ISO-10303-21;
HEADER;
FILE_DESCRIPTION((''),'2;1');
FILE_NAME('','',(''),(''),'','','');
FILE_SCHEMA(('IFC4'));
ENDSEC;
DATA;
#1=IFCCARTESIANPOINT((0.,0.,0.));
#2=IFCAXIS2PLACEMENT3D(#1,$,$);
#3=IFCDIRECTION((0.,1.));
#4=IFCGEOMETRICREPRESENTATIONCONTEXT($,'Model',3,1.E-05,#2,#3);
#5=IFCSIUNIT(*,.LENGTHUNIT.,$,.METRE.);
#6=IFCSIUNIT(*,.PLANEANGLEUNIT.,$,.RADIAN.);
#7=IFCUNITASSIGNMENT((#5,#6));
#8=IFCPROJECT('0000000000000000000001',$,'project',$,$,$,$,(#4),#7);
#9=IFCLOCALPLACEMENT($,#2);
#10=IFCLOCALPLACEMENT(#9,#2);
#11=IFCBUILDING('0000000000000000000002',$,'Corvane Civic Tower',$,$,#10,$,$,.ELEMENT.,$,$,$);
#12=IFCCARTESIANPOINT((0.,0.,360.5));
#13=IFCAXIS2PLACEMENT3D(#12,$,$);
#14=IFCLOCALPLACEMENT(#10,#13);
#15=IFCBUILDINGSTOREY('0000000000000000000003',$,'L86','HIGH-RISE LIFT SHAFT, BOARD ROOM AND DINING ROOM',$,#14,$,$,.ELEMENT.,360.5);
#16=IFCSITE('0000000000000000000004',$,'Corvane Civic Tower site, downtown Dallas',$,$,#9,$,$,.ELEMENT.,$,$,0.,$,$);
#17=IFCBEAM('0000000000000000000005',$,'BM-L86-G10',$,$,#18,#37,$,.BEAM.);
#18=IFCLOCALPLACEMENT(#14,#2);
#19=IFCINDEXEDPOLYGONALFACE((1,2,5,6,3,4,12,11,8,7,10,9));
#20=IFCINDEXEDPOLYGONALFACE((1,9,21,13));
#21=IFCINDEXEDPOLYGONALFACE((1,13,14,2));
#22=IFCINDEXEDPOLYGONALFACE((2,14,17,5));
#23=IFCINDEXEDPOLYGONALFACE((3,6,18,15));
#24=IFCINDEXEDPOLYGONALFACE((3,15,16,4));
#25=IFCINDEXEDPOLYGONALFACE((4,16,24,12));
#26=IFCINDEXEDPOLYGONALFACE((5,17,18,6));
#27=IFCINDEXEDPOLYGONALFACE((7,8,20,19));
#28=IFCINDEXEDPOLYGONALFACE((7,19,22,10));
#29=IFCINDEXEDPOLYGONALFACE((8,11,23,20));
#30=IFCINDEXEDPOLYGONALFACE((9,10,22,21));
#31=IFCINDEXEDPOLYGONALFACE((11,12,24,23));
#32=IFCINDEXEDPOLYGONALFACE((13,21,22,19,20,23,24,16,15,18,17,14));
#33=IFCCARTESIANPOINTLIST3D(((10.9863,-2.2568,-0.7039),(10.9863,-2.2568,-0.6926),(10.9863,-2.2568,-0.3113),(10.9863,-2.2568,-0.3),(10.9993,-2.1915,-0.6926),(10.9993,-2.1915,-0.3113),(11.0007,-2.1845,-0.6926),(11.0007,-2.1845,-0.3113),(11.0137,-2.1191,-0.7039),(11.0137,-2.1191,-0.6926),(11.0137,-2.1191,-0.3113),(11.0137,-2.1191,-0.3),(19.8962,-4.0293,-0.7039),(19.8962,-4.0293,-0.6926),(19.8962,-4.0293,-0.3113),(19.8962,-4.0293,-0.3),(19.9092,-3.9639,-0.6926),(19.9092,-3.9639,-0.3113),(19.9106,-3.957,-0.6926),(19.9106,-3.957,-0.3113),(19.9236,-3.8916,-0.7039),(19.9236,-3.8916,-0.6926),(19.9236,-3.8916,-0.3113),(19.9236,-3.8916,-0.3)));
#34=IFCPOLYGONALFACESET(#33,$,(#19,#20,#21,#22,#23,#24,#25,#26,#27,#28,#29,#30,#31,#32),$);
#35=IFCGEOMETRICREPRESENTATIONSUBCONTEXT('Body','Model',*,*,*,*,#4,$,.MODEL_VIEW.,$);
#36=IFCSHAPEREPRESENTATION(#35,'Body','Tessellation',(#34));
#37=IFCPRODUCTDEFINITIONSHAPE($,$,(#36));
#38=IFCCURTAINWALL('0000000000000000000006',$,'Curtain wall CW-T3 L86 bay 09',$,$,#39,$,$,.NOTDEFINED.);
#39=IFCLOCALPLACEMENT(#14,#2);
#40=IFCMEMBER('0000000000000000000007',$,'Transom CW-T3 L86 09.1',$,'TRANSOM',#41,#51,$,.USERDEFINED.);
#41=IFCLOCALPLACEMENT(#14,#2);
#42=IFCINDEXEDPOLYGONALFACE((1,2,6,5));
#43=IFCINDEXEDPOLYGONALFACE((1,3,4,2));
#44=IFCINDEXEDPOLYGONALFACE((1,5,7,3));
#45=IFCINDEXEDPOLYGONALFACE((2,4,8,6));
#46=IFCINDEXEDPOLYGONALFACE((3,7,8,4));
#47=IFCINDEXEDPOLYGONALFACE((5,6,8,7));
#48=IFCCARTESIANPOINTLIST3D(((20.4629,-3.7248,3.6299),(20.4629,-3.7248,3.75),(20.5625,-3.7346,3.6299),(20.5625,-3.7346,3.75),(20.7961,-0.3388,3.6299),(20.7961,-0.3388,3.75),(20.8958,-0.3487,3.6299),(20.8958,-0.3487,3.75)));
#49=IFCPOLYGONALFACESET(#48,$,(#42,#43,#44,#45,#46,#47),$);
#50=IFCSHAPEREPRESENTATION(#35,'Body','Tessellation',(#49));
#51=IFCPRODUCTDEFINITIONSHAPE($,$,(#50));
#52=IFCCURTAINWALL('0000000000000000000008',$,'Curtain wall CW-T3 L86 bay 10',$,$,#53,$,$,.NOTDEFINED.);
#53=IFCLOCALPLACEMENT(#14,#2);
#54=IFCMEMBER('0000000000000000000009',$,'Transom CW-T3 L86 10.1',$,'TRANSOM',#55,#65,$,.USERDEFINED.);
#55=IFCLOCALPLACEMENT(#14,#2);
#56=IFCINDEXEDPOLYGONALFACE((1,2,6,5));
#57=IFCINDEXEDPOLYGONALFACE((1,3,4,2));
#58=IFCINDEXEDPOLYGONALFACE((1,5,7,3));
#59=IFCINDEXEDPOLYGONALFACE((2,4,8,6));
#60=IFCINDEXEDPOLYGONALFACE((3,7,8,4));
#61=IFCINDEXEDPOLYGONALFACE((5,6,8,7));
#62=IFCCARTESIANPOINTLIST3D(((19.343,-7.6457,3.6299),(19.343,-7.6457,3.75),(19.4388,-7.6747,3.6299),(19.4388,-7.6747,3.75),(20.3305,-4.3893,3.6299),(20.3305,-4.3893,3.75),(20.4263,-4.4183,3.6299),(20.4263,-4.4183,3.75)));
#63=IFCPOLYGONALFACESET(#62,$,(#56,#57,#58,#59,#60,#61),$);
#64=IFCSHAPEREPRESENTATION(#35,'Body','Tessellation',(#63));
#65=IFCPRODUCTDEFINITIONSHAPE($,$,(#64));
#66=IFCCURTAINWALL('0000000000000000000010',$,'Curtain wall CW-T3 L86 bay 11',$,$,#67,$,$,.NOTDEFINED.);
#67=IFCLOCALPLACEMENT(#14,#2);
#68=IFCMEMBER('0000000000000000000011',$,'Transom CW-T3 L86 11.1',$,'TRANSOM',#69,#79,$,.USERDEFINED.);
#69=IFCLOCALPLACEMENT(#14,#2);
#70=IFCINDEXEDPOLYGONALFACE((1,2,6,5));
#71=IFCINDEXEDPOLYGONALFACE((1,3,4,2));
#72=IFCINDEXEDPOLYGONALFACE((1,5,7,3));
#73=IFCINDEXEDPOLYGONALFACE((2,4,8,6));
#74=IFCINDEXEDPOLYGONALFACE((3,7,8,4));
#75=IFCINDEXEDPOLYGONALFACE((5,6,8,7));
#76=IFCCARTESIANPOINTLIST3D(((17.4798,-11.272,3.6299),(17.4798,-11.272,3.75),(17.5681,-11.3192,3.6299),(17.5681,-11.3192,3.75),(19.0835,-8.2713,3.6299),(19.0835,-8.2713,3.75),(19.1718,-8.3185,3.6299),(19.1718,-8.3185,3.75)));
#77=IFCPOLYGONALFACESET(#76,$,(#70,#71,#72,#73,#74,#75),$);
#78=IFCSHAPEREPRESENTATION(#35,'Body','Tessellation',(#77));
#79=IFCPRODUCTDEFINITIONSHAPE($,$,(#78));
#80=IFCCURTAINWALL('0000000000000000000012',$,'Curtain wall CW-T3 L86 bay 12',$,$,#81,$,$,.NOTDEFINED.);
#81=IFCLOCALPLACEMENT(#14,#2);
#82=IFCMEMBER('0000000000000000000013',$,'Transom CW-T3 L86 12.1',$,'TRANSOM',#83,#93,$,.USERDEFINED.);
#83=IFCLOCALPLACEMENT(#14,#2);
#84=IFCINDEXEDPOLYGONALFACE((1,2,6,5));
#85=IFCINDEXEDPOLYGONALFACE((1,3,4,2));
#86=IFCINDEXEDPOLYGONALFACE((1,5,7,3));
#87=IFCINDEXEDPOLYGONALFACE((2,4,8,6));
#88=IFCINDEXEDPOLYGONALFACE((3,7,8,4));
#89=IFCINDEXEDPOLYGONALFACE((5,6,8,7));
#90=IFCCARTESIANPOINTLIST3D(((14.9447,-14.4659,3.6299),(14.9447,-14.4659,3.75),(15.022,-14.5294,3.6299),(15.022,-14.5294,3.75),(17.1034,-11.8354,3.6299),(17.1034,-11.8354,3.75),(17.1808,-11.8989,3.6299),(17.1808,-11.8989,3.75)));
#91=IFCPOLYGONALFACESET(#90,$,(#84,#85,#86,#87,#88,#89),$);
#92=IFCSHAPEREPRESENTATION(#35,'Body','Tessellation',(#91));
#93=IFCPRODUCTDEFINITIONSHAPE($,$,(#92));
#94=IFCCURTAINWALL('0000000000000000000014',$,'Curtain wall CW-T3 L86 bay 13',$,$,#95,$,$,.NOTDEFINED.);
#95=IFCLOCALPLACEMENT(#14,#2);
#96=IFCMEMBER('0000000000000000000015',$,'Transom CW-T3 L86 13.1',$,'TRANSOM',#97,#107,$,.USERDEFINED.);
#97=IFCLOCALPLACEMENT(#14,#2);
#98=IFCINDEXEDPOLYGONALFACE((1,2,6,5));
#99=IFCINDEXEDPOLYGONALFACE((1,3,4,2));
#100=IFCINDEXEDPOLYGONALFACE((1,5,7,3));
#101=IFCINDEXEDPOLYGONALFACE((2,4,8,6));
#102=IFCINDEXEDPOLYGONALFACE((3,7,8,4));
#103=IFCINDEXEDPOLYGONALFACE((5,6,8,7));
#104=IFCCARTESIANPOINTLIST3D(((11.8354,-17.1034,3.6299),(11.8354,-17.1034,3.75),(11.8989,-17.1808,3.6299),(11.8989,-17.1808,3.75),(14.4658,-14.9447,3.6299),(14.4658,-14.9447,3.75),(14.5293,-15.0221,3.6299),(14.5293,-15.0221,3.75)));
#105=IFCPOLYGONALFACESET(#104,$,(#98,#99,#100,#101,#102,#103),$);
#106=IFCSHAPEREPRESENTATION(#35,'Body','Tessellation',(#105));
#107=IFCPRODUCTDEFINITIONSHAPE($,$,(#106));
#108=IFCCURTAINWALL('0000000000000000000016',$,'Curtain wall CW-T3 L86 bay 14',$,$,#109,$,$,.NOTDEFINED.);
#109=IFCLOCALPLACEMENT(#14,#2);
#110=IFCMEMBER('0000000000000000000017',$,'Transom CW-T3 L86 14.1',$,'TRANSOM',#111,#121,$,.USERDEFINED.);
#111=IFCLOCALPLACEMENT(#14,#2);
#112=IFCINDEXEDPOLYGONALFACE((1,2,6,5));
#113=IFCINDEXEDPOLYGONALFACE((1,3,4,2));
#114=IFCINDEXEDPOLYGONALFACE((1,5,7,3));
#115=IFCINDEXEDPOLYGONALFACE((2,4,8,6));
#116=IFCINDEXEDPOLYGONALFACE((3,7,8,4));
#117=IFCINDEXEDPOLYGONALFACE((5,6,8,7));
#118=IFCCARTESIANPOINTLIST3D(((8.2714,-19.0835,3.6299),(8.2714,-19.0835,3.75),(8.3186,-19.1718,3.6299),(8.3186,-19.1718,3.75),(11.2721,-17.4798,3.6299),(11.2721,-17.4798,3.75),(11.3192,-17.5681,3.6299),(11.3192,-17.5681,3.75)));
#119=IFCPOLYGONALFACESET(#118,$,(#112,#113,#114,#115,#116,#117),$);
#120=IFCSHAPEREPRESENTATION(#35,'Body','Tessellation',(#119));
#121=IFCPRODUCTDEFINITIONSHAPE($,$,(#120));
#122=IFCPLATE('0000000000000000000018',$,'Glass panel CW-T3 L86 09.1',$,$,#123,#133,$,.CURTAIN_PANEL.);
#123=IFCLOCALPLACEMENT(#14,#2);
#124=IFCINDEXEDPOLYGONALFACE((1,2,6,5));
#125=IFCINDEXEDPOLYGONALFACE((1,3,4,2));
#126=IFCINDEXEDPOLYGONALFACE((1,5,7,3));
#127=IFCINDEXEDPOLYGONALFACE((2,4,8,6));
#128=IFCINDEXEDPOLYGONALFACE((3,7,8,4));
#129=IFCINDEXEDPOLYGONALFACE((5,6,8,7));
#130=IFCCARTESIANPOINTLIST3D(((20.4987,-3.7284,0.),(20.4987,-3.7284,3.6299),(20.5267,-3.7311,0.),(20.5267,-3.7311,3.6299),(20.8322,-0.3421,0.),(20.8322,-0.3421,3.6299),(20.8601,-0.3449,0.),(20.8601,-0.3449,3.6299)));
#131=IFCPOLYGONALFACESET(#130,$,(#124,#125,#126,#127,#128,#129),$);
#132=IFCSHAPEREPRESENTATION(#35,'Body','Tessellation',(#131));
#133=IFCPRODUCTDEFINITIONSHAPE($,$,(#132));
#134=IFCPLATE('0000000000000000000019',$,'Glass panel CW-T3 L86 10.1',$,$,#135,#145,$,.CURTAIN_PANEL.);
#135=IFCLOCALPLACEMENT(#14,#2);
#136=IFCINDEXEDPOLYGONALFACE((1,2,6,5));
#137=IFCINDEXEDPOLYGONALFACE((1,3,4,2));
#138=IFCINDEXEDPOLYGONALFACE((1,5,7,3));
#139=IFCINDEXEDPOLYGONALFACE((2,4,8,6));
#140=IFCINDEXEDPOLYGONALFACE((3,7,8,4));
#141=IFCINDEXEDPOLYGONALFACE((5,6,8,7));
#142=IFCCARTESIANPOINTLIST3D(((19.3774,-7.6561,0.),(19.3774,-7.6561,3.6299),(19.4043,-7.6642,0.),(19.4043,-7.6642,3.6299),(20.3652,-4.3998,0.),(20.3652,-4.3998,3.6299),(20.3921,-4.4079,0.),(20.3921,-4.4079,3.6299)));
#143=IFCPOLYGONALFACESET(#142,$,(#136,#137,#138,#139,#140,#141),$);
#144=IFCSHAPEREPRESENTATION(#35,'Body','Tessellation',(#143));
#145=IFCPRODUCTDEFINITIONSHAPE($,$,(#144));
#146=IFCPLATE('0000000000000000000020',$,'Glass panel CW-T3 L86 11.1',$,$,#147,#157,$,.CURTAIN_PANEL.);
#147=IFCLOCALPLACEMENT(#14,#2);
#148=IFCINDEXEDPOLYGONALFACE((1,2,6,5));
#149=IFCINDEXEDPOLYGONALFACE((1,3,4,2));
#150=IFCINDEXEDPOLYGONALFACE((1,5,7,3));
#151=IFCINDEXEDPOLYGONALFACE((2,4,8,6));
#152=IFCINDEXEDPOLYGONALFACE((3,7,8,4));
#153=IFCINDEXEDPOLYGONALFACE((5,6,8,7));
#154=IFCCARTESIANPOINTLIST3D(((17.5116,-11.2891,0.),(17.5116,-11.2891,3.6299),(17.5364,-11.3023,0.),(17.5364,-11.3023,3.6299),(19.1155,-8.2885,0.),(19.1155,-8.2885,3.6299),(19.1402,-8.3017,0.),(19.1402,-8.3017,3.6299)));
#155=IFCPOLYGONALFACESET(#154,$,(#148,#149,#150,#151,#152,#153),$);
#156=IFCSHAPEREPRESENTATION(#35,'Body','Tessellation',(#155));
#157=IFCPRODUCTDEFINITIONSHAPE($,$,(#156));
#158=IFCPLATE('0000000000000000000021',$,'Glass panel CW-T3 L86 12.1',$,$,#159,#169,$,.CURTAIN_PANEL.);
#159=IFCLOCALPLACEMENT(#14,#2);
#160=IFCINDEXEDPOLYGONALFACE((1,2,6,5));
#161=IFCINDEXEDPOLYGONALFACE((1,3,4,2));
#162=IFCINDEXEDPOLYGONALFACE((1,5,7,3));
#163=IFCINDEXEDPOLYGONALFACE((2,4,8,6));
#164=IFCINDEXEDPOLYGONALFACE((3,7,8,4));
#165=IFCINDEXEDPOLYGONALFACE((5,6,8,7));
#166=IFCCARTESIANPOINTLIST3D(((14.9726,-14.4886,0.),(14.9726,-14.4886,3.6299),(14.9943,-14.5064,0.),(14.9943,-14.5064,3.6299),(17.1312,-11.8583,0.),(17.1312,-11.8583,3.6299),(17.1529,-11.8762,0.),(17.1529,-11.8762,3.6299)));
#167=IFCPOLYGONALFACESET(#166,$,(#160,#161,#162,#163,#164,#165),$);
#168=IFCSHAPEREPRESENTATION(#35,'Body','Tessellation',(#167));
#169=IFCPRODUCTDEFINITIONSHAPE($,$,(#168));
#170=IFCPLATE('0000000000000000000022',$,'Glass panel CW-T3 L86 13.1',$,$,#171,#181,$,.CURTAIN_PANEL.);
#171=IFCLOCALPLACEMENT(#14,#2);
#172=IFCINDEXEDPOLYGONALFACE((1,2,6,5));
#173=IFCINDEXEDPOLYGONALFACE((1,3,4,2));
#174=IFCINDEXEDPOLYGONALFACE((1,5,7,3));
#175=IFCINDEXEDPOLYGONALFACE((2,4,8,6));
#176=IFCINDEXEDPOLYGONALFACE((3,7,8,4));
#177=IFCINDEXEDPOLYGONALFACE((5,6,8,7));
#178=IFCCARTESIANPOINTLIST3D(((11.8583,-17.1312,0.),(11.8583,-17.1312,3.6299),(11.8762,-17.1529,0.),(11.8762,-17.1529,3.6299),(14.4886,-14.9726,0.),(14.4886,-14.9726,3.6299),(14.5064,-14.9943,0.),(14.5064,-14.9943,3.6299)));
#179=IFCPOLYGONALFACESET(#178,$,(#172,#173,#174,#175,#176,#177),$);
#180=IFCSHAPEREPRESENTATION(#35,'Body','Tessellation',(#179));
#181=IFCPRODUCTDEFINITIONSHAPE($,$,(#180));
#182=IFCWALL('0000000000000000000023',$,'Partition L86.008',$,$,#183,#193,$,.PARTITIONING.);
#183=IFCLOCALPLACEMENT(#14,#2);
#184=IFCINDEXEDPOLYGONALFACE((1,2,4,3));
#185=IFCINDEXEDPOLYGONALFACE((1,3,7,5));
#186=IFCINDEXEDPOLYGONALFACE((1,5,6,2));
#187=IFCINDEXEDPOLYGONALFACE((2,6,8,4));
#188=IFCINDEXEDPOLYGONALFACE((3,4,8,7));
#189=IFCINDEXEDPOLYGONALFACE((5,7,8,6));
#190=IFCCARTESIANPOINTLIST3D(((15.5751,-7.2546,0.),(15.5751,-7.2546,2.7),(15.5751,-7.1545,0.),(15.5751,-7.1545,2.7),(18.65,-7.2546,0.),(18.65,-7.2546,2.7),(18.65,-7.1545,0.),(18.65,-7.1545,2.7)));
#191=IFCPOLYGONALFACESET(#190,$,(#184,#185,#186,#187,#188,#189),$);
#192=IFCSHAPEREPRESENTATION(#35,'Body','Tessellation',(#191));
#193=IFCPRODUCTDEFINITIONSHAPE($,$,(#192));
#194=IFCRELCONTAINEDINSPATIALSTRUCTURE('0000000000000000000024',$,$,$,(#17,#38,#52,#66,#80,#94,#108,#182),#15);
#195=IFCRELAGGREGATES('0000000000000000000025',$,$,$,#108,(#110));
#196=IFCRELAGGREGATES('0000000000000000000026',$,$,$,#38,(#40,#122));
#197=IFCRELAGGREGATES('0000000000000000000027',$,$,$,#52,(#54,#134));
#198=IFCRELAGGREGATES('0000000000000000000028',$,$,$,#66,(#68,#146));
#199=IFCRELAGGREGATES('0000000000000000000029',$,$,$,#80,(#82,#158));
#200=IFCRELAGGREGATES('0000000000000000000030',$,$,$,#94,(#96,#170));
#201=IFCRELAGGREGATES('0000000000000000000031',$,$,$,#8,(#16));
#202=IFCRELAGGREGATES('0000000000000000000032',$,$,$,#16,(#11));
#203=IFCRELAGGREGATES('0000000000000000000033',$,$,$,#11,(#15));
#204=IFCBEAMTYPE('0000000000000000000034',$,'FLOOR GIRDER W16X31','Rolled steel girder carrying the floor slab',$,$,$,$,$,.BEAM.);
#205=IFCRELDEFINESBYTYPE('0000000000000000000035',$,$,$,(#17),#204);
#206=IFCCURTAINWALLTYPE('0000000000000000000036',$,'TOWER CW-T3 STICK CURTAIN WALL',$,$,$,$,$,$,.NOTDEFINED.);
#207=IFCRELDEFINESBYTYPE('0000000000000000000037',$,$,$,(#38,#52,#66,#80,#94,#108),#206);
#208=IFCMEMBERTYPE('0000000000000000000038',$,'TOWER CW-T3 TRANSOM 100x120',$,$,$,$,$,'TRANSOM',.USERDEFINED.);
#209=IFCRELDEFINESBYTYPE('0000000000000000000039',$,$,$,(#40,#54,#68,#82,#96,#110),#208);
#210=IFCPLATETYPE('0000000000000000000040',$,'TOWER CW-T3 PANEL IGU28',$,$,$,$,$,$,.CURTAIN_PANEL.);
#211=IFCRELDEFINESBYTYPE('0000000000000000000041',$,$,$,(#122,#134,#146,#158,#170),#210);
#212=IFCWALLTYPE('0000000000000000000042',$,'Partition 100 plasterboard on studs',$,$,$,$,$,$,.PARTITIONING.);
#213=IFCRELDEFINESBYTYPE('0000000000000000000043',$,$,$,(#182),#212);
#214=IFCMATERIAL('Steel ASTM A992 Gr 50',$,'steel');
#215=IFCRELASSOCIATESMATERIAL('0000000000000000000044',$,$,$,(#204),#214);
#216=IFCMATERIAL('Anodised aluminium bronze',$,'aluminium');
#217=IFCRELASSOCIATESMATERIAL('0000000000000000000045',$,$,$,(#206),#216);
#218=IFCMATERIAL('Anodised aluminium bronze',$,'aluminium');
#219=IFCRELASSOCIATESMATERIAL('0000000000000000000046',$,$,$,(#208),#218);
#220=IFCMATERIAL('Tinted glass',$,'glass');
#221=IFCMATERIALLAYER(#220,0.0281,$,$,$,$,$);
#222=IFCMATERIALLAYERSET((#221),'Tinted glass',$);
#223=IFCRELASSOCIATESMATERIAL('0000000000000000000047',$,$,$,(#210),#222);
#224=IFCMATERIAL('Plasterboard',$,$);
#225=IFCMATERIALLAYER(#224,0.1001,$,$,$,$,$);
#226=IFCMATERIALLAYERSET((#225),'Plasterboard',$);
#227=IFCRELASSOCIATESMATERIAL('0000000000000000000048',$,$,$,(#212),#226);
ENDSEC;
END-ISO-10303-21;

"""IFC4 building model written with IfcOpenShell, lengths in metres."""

from ifc_helpers import new_model, si_unit, direction, frame, frame_2d, origin, origin_2d, place, context, subcontext, project, spatial, rectangle, i_section, extrude, material, layer, layer_set, material_profile, profile_set, type_object, element, aggregate, save


model = new_model("IFC4")

# Units and contexts
model_context = context("Model", 3, precision=1e-05, world=origin(), true_north=direction((0.0, 1.0)))
body_context = subcontext(model_context, "Body", "Model", "MODEL_VIEW")
ifc_project = project(units=[si_unit("LENGTHUNIT", "METRE"), si_unit("PLANEANGLEUNIT", "RADIAN")], contexts=[model_context])

# Site, building, storey
site_placement = place(None, origin())
site = spatial("IfcSite", under=ifc_project, at=site_placement, Name="Corvane Civic Tower site, downtown Dallas", CompositionType="ELEMENT", RefElevation=0.0)
building_placement = place(site_placement, origin())
building = spatial("IfcBuilding", under=site, at=building_placement, Name="Corvane Civic Tower", CompositionType="ELEMENT")
storey_placement = place(building_placement, frame((0.0, 0.0, 360.5)))
storey = spatial("IfcBuildingStorey", under=building, at=storey_placement, Name="L86", Description="HIGH-RISE LIFT SHAFT, BOARD ROOM AND DINING ROOM", CompositionType="ELEMENT", Elevation=360.5)

# Beam
ifc_material_1 = material(Name="Steel ASTM A992 Gr 50", Category="steel")
ifc_material_profile_1 = material_profile(ifc_material_1, i_section(OverallWidth=0.1404, OverallDepth=0.4038, WebThickness=0.0071, FlangeThickness=0.0112, at=origin_2d()), Name="W16X31")
ifc_profile_set_1 = profile_set([ifc_material_profile_1], Name="Steel ASTM A992 Gr 50")
beam_type_1 = type_object("IfcBeamType", Name="FLOOR GIRDER W16X31", Description="Rolled steel girder carrying the floor slab", PredefinedType="BEAM", material=ifc_profile_set_1)
beam_1_placement = place(storey_placement, frame((11.0, -2.188, -0.502), z_axis=(0.980782, -0.195108, 0.0), x_axis=(0.195108, 0.980782, 0.0)))
element("IfcBeam", 1, at=beam_1_placement, inside=storey, type_object=beam_type_1, Name="BM-L86-G10", PredefinedType="BEAM", context=body_context, shape_type="SweptSolid", body=[
    extrude(i_section(OverallWidth=0.1404, OverallDepth=0.4038, WebThickness=0.0071, FlangeThickness=0.0112, at=origin_2d()), origin(), (0.0, 0.0, 1.0), 9.0845),
])

# Curtain walls, members
ifc_material_2 = material(Name="Anodised aluminium bronze", Category="aluminium")
curtain_wall_type = type_object("IfcCurtainWallType", Name="TOWER CW-T3 STICK CURTAIN WALL", PredefinedType="NOTDEFINED", material=ifc_material_2)
curtain_wall_1_placement = place(storey_placement, origin())
curtain_wall_1 = element("IfcCurtainWall", 2, at=curtain_wall_1_placement, inside=storey, type_object=curtain_wall_type, Name="Curtain wall CW-T3 L86 bay 09", PredefinedType="NOTDEFINED")
ifc_material_3 = material(Name="Anodised aluminium bronze", Category="aluminium")
ifc_material_profile_2 = material_profile(ifc_material_3, rectangle(XDim=0.1001, YDim=0.1201, at=origin_2d()), Name="TOWER CW-T3 TRANSOM 100x120")
ifc_profile_set_2 = profile_set([ifc_material_profile_2], Name="Anodised aluminium bronze")
member_type = type_object("IfcMemberType", Name="TOWER CW-T3 TRANSOM 100x120", ElementType="TRANSOM", PredefinedType="USERDEFINED", material=ifc_profile_set_2)
member_1_placement = place(storey_placement, frame((20.8459, -0.3438, 3.6899), z_axis=(-0.097948, -0.995192, 0.0), x_axis=(0.995192, -0.097948, 0.0)))
member_1 = element("IfcMember", 3, at=member_1_placement, type_object=member_type, Name="Transom CW-T3 L86 09.1", ObjectType="TRANSOM", PredefinedType="USERDEFINED", context=body_context, shape_type="SweptSolid", body=[
    extrude(rectangle(XDim=0.1001, YDim=0.1201, at=origin_2d()), origin(), (0.0, 0.0, 1.0), 3.4023),
])
curtain_wall_2_placement = place(storey_placement, origin())
curtain_wall_2 = element("IfcCurtainWall", 4, at=curtain_wall_2_placement, inside=storey, type_object=curtain_wall_type, Name="Curtain wall CW-T3 L86 bay 10", PredefinedType="NOTDEFINED")
member_2_placement = place(storey_placement, frame((20.3784, -4.4038, 3.6899), z_axis=(-0.290216, -0.956961, 0.0), x_axis=(0.956961, -0.290216, 0.0)))
member_2 = element("IfcMember", 5, at=member_2_placement, type_object=member_type, Name="Transom CW-T3 L86 10.1", ObjectType="TRANSOM", PredefinedType="USERDEFINED", context=body_context, shape_type="SweptSolid", body=[
    extrude(rectangle(XDim=0.1001, YDim=0.1201, at=origin_2d()), origin(), (0.0, 0.0, 1.0), 3.4028),
])
curtain_wall_3_placement = place(storey_placement, origin())
curtain_wall_3 = element("IfcCurtainWall", 6, at=curtain_wall_3_placement, inside=storey, type_object=curtain_wall_type, Name="Curtain wall CW-T3 L86 bay 11", PredefinedType="NOTDEFINED")
member_3_placement = place(storey_placement, frame((19.1277, -8.2949, 3.6899), z_axis=(-0.471359, -0.881941, 0.0), x_axis=(0.881941, -0.471359, 0.0)))
member_3 = element("IfcMember", 7, at=member_3_placement, type_object=member_type, Name="Transom CW-T3 L86 11.1", ObjectType="TRANSOM", PredefinedType="USERDEFINED", context=body_context, shape_type="SweptSolid", body=[
    extrude(rectangle(XDim=0.1001, YDim=0.1201, at=origin_2d()), origin(), (0.0, 0.0, 1.0), 3.4023),
])
curtain_wall_4_placement = place(storey_placement, origin())
curtain_wall_4 = element("IfcCurtainWall", 8, at=curtain_wall_4_placement, inside=storey, type_object=curtain_wall_type, Name="Curtain wall CW-T3 L86 bay 12", PredefinedType="NOTDEFINED")
member_4_placement = place(storey_placement, frame((17.1421, -11.8672, 3.6899), z_axis=(-0.634394, -0.77301, 0.0), x_axis=(0.77301, -0.634394, 0.0)))
member_4 = element("IfcMember", 9, at=member_4_placement, type_object=member_type, Name="Transom CW-T3 L86 12.1", ObjectType="TRANSOM", PredefinedType="USERDEFINED", context=body_context, shape_type="SweptSolid", body=[
    extrude(rectangle(XDim=0.1001, YDim=0.1201, at=origin_2d()), origin(), (0.0, 0.0, 1.0), 3.4028),
])
curtain_wall_5_placement = place(storey_placement, origin())
curtain_wall_5 = element("IfcCurtainWall", 10, at=curtain_wall_5_placement, inside=storey, type_object=curtain_wall_type, Name="Curtain wall CW-T3 L86 bay 13", PredefinedType="NOTDEFINED")
member_5_placement = place(storey_placement, frame((14.4976, -14.9834, 3.6899), z_axis=(-0.77301, -0.634394, 0.0), x_axis=(0.634394, -0.77301, 0.0)))
member_5 = element("IfcMember", 11, at=member_5_placement, type_object=member_type, Name="Transom CW-T3 L86 13.1", ObjectType="TRANSOM", PredefinedType="USERDEFINED", context=body_context, shape_type="SweptSolid", body=[
    extrude(rectangle(XDim=0.1001, YDim=0.1201, at=origin_2d()), origin(), (0.0, 0.0, 1.0), 3.4028),
])
curtain_wall_6_placement = place(storey_placement, origin())
curtain_wall_6 = element("IfcCurtainWall", 12, at=curtain_wall_6_placement, inside=storey, type_object=curtain_wall_type, Name="Curtain wall CW-T3 L86 bay 14", PredefinedType="NOTDEFINED")
member_6_placement = place(storey_placement, frame((11.2957, -17.5239, 3.6899), z_axis=(-0.881941, -0.471359, 0.0), x_axis=(0.471359, -0.881941, 0.0)))
member_6 = element("IfcMember", 13, at=member_6_placement, type_object=member_type, Name="Transom CW-T3 L86 14.1", ObjectType="TRANSOM", PredefinedType="USERDEFINED", context=body_context, shape_type="SweptSolid", body=[
    extrude(rectangle(XDim=0.1001, YDim=0.1201, at=origin_2d()), origin(), (0.0, 0.0, 1.0), 3.4023),
])
aggregate(curtain_wall_6, [member_6])

# Plates
ifc_material_4 = material(Name="Tinted glass", Category="glass")
ifc_layer_1 = layer(ifc_material_4, 0.0281)
ifc_layer_set_1 = layer_set([ifc_layer_1], Name="Tinted glass")
plate_type = type_object("IfcPlateType", Name="TOWER CW-T3 PANEL IGU28", PredefinedType="CURTAIN_PANEL", material=ifc_layer_set_1)
plate_1_placement = place(storey_placement, frame((20.6794, -2.0366, 0.0), z_axis=(0.0, 0.0, 1.0), x_axis=(-0.097998, -0.995187, 0.0)))
plate_1 = element("IfcPlate", 14, at=plate_1_placement, type_object=plate_type, Name="Glass panel CW-T3 L86 09.1", PredefinedType="CURTAIN_PANEL", context=body_context, shape_type="SweptSolid", body=[
    extrude(rectangle(XDim=3.4026, YDim=0.0281, at=origin_2d()), origin(), (0.0, 0.0, 1.0), 3.6299),
])
aggregate(curtain_wall_1, [member_1, plate_1])
plate_2_placement = place(storey_placement, frame((19.8848, -6.032, 0.0), z_axis=(0.0, 0.0, 1.0), x_axis=(-0.29029, -0.956939, 0.0)))
plate_2 = element("IfcPlate", 15, at=plate_2_placement, type_object=plate_type, Name="Glass panel CW-T3 L86 10.1", PredefinedType="CURTAIN_PANEL", context=body_context, shape_type="SweptSolid", body=[
    extrude(rectangle(XDim=3.4028, YDim=0.0281, at=origin_2d()), origin(), (0.0, 0.0, 1.0), 3.6299),
])
aggregate(curtain_wall_2, [member_2, plate_2])
plate_3_placement = place(storey_placement, frame((18.3259, -9.7954, 0.0), z_axis=(0.0, 0.0, 1.0), x_axis=(-0.471384, -0.881928, 0.0)))
plate_3 = element("IfcPlate", 16, at=plate_3_placement, type_object=plate_type, Name="Glass panel CW-T3 L86 11.1", PredefinedType="CURTAIN_PANEL", context=body_context, shape_type="SweptSolid", body=[
    extrude(rectangle(XDim=3.4023, YDim=0.0281, at=origin_2d()), origin(), (0.0, 0.0, 1.0), 3.6299),
])
aggregate(curtain_wall_3, [member_3, plate_3])
plate_4_placement = place(storey_placement, frame((16.0627, -13.1824, 0.0), z_axis=(0.0, 0.0, 1.0), x_axis=(-0.634393, -0.77301, 0.0)))
plate_4 = element("IfcPlate", 17, at=plate_4_placement, type_object=plate_type, Name="Glass panel CW-T3 L86 12.1", PredefinedType="CURTAIN_PANEL", context=body_context, shape_type="SweptSolid", body=[
    extrude(rectangle(XDim=3.4026, YDim=0.0281, at=origin_2d()), origin(), (0.0, 0.0, 1.0), 3.6299),
])
aggregate(curtain_wall_4, [member_4, plate_4])
plate_5_placement = place(storey_placement, frame((13.1824, -16.0627, 0.0), z_axis=(0.0, 0.0, 1.0), x_axis=(-0.77301, -0.634393, 0.0)))
plate_5 = element("IfcPlate", 18, at=plate_5_placement, type_object=plate_type, Name="Glass panel CW-T3 L86 13.1", PredefinedType="CURTAIN_PANEL", context=body_context, shape_type="SweptSolid", body=[
    extrude(rectangle(XDim=3.4026, YDim=0.0281, at=origin_2d()), origin(), (0.0, 0.0, 1.0), 3.6299),
])
aggregate(curtain_wall_5, [member_5, plate_5])

# Wall
ifc_material_5 = material(Name="Plasterboard")
ifc_layer_2 = layer(ifc_material_5, 0.1001)
ifc_layer_set_2 = layer_set([ifc_layer_2], Name="Plasterboard")
wall_type_1 = type_object("IfcWallType", Name="Partition 100 plasterboard on studs", PredefinedType="PARTITIONING", material=ifc_layer_set_2)
wall_1_placement = place(storey_placement, frame((15.575, -7.2046, 0.0), z_axis=(0.0, 0.0, 1.0), x_axis=(1.0, 0.0, 0.0)))
element("IfcWall", 19, at=wall_1_placement, inside=storey, type_object=wall_type_1, Name="Partition L86.008", PredefinedType="PARTITIONING", context=body_context, shape_type="SweptSolid", body=[
    extrude(rectangle(XDim=3.075, YDim=0.1001, at=frame_2d((1.5376, 0.0))), origin(), (0.0, 0.0, 1.0), 2.7),
])

save(model, "model.ifc")
